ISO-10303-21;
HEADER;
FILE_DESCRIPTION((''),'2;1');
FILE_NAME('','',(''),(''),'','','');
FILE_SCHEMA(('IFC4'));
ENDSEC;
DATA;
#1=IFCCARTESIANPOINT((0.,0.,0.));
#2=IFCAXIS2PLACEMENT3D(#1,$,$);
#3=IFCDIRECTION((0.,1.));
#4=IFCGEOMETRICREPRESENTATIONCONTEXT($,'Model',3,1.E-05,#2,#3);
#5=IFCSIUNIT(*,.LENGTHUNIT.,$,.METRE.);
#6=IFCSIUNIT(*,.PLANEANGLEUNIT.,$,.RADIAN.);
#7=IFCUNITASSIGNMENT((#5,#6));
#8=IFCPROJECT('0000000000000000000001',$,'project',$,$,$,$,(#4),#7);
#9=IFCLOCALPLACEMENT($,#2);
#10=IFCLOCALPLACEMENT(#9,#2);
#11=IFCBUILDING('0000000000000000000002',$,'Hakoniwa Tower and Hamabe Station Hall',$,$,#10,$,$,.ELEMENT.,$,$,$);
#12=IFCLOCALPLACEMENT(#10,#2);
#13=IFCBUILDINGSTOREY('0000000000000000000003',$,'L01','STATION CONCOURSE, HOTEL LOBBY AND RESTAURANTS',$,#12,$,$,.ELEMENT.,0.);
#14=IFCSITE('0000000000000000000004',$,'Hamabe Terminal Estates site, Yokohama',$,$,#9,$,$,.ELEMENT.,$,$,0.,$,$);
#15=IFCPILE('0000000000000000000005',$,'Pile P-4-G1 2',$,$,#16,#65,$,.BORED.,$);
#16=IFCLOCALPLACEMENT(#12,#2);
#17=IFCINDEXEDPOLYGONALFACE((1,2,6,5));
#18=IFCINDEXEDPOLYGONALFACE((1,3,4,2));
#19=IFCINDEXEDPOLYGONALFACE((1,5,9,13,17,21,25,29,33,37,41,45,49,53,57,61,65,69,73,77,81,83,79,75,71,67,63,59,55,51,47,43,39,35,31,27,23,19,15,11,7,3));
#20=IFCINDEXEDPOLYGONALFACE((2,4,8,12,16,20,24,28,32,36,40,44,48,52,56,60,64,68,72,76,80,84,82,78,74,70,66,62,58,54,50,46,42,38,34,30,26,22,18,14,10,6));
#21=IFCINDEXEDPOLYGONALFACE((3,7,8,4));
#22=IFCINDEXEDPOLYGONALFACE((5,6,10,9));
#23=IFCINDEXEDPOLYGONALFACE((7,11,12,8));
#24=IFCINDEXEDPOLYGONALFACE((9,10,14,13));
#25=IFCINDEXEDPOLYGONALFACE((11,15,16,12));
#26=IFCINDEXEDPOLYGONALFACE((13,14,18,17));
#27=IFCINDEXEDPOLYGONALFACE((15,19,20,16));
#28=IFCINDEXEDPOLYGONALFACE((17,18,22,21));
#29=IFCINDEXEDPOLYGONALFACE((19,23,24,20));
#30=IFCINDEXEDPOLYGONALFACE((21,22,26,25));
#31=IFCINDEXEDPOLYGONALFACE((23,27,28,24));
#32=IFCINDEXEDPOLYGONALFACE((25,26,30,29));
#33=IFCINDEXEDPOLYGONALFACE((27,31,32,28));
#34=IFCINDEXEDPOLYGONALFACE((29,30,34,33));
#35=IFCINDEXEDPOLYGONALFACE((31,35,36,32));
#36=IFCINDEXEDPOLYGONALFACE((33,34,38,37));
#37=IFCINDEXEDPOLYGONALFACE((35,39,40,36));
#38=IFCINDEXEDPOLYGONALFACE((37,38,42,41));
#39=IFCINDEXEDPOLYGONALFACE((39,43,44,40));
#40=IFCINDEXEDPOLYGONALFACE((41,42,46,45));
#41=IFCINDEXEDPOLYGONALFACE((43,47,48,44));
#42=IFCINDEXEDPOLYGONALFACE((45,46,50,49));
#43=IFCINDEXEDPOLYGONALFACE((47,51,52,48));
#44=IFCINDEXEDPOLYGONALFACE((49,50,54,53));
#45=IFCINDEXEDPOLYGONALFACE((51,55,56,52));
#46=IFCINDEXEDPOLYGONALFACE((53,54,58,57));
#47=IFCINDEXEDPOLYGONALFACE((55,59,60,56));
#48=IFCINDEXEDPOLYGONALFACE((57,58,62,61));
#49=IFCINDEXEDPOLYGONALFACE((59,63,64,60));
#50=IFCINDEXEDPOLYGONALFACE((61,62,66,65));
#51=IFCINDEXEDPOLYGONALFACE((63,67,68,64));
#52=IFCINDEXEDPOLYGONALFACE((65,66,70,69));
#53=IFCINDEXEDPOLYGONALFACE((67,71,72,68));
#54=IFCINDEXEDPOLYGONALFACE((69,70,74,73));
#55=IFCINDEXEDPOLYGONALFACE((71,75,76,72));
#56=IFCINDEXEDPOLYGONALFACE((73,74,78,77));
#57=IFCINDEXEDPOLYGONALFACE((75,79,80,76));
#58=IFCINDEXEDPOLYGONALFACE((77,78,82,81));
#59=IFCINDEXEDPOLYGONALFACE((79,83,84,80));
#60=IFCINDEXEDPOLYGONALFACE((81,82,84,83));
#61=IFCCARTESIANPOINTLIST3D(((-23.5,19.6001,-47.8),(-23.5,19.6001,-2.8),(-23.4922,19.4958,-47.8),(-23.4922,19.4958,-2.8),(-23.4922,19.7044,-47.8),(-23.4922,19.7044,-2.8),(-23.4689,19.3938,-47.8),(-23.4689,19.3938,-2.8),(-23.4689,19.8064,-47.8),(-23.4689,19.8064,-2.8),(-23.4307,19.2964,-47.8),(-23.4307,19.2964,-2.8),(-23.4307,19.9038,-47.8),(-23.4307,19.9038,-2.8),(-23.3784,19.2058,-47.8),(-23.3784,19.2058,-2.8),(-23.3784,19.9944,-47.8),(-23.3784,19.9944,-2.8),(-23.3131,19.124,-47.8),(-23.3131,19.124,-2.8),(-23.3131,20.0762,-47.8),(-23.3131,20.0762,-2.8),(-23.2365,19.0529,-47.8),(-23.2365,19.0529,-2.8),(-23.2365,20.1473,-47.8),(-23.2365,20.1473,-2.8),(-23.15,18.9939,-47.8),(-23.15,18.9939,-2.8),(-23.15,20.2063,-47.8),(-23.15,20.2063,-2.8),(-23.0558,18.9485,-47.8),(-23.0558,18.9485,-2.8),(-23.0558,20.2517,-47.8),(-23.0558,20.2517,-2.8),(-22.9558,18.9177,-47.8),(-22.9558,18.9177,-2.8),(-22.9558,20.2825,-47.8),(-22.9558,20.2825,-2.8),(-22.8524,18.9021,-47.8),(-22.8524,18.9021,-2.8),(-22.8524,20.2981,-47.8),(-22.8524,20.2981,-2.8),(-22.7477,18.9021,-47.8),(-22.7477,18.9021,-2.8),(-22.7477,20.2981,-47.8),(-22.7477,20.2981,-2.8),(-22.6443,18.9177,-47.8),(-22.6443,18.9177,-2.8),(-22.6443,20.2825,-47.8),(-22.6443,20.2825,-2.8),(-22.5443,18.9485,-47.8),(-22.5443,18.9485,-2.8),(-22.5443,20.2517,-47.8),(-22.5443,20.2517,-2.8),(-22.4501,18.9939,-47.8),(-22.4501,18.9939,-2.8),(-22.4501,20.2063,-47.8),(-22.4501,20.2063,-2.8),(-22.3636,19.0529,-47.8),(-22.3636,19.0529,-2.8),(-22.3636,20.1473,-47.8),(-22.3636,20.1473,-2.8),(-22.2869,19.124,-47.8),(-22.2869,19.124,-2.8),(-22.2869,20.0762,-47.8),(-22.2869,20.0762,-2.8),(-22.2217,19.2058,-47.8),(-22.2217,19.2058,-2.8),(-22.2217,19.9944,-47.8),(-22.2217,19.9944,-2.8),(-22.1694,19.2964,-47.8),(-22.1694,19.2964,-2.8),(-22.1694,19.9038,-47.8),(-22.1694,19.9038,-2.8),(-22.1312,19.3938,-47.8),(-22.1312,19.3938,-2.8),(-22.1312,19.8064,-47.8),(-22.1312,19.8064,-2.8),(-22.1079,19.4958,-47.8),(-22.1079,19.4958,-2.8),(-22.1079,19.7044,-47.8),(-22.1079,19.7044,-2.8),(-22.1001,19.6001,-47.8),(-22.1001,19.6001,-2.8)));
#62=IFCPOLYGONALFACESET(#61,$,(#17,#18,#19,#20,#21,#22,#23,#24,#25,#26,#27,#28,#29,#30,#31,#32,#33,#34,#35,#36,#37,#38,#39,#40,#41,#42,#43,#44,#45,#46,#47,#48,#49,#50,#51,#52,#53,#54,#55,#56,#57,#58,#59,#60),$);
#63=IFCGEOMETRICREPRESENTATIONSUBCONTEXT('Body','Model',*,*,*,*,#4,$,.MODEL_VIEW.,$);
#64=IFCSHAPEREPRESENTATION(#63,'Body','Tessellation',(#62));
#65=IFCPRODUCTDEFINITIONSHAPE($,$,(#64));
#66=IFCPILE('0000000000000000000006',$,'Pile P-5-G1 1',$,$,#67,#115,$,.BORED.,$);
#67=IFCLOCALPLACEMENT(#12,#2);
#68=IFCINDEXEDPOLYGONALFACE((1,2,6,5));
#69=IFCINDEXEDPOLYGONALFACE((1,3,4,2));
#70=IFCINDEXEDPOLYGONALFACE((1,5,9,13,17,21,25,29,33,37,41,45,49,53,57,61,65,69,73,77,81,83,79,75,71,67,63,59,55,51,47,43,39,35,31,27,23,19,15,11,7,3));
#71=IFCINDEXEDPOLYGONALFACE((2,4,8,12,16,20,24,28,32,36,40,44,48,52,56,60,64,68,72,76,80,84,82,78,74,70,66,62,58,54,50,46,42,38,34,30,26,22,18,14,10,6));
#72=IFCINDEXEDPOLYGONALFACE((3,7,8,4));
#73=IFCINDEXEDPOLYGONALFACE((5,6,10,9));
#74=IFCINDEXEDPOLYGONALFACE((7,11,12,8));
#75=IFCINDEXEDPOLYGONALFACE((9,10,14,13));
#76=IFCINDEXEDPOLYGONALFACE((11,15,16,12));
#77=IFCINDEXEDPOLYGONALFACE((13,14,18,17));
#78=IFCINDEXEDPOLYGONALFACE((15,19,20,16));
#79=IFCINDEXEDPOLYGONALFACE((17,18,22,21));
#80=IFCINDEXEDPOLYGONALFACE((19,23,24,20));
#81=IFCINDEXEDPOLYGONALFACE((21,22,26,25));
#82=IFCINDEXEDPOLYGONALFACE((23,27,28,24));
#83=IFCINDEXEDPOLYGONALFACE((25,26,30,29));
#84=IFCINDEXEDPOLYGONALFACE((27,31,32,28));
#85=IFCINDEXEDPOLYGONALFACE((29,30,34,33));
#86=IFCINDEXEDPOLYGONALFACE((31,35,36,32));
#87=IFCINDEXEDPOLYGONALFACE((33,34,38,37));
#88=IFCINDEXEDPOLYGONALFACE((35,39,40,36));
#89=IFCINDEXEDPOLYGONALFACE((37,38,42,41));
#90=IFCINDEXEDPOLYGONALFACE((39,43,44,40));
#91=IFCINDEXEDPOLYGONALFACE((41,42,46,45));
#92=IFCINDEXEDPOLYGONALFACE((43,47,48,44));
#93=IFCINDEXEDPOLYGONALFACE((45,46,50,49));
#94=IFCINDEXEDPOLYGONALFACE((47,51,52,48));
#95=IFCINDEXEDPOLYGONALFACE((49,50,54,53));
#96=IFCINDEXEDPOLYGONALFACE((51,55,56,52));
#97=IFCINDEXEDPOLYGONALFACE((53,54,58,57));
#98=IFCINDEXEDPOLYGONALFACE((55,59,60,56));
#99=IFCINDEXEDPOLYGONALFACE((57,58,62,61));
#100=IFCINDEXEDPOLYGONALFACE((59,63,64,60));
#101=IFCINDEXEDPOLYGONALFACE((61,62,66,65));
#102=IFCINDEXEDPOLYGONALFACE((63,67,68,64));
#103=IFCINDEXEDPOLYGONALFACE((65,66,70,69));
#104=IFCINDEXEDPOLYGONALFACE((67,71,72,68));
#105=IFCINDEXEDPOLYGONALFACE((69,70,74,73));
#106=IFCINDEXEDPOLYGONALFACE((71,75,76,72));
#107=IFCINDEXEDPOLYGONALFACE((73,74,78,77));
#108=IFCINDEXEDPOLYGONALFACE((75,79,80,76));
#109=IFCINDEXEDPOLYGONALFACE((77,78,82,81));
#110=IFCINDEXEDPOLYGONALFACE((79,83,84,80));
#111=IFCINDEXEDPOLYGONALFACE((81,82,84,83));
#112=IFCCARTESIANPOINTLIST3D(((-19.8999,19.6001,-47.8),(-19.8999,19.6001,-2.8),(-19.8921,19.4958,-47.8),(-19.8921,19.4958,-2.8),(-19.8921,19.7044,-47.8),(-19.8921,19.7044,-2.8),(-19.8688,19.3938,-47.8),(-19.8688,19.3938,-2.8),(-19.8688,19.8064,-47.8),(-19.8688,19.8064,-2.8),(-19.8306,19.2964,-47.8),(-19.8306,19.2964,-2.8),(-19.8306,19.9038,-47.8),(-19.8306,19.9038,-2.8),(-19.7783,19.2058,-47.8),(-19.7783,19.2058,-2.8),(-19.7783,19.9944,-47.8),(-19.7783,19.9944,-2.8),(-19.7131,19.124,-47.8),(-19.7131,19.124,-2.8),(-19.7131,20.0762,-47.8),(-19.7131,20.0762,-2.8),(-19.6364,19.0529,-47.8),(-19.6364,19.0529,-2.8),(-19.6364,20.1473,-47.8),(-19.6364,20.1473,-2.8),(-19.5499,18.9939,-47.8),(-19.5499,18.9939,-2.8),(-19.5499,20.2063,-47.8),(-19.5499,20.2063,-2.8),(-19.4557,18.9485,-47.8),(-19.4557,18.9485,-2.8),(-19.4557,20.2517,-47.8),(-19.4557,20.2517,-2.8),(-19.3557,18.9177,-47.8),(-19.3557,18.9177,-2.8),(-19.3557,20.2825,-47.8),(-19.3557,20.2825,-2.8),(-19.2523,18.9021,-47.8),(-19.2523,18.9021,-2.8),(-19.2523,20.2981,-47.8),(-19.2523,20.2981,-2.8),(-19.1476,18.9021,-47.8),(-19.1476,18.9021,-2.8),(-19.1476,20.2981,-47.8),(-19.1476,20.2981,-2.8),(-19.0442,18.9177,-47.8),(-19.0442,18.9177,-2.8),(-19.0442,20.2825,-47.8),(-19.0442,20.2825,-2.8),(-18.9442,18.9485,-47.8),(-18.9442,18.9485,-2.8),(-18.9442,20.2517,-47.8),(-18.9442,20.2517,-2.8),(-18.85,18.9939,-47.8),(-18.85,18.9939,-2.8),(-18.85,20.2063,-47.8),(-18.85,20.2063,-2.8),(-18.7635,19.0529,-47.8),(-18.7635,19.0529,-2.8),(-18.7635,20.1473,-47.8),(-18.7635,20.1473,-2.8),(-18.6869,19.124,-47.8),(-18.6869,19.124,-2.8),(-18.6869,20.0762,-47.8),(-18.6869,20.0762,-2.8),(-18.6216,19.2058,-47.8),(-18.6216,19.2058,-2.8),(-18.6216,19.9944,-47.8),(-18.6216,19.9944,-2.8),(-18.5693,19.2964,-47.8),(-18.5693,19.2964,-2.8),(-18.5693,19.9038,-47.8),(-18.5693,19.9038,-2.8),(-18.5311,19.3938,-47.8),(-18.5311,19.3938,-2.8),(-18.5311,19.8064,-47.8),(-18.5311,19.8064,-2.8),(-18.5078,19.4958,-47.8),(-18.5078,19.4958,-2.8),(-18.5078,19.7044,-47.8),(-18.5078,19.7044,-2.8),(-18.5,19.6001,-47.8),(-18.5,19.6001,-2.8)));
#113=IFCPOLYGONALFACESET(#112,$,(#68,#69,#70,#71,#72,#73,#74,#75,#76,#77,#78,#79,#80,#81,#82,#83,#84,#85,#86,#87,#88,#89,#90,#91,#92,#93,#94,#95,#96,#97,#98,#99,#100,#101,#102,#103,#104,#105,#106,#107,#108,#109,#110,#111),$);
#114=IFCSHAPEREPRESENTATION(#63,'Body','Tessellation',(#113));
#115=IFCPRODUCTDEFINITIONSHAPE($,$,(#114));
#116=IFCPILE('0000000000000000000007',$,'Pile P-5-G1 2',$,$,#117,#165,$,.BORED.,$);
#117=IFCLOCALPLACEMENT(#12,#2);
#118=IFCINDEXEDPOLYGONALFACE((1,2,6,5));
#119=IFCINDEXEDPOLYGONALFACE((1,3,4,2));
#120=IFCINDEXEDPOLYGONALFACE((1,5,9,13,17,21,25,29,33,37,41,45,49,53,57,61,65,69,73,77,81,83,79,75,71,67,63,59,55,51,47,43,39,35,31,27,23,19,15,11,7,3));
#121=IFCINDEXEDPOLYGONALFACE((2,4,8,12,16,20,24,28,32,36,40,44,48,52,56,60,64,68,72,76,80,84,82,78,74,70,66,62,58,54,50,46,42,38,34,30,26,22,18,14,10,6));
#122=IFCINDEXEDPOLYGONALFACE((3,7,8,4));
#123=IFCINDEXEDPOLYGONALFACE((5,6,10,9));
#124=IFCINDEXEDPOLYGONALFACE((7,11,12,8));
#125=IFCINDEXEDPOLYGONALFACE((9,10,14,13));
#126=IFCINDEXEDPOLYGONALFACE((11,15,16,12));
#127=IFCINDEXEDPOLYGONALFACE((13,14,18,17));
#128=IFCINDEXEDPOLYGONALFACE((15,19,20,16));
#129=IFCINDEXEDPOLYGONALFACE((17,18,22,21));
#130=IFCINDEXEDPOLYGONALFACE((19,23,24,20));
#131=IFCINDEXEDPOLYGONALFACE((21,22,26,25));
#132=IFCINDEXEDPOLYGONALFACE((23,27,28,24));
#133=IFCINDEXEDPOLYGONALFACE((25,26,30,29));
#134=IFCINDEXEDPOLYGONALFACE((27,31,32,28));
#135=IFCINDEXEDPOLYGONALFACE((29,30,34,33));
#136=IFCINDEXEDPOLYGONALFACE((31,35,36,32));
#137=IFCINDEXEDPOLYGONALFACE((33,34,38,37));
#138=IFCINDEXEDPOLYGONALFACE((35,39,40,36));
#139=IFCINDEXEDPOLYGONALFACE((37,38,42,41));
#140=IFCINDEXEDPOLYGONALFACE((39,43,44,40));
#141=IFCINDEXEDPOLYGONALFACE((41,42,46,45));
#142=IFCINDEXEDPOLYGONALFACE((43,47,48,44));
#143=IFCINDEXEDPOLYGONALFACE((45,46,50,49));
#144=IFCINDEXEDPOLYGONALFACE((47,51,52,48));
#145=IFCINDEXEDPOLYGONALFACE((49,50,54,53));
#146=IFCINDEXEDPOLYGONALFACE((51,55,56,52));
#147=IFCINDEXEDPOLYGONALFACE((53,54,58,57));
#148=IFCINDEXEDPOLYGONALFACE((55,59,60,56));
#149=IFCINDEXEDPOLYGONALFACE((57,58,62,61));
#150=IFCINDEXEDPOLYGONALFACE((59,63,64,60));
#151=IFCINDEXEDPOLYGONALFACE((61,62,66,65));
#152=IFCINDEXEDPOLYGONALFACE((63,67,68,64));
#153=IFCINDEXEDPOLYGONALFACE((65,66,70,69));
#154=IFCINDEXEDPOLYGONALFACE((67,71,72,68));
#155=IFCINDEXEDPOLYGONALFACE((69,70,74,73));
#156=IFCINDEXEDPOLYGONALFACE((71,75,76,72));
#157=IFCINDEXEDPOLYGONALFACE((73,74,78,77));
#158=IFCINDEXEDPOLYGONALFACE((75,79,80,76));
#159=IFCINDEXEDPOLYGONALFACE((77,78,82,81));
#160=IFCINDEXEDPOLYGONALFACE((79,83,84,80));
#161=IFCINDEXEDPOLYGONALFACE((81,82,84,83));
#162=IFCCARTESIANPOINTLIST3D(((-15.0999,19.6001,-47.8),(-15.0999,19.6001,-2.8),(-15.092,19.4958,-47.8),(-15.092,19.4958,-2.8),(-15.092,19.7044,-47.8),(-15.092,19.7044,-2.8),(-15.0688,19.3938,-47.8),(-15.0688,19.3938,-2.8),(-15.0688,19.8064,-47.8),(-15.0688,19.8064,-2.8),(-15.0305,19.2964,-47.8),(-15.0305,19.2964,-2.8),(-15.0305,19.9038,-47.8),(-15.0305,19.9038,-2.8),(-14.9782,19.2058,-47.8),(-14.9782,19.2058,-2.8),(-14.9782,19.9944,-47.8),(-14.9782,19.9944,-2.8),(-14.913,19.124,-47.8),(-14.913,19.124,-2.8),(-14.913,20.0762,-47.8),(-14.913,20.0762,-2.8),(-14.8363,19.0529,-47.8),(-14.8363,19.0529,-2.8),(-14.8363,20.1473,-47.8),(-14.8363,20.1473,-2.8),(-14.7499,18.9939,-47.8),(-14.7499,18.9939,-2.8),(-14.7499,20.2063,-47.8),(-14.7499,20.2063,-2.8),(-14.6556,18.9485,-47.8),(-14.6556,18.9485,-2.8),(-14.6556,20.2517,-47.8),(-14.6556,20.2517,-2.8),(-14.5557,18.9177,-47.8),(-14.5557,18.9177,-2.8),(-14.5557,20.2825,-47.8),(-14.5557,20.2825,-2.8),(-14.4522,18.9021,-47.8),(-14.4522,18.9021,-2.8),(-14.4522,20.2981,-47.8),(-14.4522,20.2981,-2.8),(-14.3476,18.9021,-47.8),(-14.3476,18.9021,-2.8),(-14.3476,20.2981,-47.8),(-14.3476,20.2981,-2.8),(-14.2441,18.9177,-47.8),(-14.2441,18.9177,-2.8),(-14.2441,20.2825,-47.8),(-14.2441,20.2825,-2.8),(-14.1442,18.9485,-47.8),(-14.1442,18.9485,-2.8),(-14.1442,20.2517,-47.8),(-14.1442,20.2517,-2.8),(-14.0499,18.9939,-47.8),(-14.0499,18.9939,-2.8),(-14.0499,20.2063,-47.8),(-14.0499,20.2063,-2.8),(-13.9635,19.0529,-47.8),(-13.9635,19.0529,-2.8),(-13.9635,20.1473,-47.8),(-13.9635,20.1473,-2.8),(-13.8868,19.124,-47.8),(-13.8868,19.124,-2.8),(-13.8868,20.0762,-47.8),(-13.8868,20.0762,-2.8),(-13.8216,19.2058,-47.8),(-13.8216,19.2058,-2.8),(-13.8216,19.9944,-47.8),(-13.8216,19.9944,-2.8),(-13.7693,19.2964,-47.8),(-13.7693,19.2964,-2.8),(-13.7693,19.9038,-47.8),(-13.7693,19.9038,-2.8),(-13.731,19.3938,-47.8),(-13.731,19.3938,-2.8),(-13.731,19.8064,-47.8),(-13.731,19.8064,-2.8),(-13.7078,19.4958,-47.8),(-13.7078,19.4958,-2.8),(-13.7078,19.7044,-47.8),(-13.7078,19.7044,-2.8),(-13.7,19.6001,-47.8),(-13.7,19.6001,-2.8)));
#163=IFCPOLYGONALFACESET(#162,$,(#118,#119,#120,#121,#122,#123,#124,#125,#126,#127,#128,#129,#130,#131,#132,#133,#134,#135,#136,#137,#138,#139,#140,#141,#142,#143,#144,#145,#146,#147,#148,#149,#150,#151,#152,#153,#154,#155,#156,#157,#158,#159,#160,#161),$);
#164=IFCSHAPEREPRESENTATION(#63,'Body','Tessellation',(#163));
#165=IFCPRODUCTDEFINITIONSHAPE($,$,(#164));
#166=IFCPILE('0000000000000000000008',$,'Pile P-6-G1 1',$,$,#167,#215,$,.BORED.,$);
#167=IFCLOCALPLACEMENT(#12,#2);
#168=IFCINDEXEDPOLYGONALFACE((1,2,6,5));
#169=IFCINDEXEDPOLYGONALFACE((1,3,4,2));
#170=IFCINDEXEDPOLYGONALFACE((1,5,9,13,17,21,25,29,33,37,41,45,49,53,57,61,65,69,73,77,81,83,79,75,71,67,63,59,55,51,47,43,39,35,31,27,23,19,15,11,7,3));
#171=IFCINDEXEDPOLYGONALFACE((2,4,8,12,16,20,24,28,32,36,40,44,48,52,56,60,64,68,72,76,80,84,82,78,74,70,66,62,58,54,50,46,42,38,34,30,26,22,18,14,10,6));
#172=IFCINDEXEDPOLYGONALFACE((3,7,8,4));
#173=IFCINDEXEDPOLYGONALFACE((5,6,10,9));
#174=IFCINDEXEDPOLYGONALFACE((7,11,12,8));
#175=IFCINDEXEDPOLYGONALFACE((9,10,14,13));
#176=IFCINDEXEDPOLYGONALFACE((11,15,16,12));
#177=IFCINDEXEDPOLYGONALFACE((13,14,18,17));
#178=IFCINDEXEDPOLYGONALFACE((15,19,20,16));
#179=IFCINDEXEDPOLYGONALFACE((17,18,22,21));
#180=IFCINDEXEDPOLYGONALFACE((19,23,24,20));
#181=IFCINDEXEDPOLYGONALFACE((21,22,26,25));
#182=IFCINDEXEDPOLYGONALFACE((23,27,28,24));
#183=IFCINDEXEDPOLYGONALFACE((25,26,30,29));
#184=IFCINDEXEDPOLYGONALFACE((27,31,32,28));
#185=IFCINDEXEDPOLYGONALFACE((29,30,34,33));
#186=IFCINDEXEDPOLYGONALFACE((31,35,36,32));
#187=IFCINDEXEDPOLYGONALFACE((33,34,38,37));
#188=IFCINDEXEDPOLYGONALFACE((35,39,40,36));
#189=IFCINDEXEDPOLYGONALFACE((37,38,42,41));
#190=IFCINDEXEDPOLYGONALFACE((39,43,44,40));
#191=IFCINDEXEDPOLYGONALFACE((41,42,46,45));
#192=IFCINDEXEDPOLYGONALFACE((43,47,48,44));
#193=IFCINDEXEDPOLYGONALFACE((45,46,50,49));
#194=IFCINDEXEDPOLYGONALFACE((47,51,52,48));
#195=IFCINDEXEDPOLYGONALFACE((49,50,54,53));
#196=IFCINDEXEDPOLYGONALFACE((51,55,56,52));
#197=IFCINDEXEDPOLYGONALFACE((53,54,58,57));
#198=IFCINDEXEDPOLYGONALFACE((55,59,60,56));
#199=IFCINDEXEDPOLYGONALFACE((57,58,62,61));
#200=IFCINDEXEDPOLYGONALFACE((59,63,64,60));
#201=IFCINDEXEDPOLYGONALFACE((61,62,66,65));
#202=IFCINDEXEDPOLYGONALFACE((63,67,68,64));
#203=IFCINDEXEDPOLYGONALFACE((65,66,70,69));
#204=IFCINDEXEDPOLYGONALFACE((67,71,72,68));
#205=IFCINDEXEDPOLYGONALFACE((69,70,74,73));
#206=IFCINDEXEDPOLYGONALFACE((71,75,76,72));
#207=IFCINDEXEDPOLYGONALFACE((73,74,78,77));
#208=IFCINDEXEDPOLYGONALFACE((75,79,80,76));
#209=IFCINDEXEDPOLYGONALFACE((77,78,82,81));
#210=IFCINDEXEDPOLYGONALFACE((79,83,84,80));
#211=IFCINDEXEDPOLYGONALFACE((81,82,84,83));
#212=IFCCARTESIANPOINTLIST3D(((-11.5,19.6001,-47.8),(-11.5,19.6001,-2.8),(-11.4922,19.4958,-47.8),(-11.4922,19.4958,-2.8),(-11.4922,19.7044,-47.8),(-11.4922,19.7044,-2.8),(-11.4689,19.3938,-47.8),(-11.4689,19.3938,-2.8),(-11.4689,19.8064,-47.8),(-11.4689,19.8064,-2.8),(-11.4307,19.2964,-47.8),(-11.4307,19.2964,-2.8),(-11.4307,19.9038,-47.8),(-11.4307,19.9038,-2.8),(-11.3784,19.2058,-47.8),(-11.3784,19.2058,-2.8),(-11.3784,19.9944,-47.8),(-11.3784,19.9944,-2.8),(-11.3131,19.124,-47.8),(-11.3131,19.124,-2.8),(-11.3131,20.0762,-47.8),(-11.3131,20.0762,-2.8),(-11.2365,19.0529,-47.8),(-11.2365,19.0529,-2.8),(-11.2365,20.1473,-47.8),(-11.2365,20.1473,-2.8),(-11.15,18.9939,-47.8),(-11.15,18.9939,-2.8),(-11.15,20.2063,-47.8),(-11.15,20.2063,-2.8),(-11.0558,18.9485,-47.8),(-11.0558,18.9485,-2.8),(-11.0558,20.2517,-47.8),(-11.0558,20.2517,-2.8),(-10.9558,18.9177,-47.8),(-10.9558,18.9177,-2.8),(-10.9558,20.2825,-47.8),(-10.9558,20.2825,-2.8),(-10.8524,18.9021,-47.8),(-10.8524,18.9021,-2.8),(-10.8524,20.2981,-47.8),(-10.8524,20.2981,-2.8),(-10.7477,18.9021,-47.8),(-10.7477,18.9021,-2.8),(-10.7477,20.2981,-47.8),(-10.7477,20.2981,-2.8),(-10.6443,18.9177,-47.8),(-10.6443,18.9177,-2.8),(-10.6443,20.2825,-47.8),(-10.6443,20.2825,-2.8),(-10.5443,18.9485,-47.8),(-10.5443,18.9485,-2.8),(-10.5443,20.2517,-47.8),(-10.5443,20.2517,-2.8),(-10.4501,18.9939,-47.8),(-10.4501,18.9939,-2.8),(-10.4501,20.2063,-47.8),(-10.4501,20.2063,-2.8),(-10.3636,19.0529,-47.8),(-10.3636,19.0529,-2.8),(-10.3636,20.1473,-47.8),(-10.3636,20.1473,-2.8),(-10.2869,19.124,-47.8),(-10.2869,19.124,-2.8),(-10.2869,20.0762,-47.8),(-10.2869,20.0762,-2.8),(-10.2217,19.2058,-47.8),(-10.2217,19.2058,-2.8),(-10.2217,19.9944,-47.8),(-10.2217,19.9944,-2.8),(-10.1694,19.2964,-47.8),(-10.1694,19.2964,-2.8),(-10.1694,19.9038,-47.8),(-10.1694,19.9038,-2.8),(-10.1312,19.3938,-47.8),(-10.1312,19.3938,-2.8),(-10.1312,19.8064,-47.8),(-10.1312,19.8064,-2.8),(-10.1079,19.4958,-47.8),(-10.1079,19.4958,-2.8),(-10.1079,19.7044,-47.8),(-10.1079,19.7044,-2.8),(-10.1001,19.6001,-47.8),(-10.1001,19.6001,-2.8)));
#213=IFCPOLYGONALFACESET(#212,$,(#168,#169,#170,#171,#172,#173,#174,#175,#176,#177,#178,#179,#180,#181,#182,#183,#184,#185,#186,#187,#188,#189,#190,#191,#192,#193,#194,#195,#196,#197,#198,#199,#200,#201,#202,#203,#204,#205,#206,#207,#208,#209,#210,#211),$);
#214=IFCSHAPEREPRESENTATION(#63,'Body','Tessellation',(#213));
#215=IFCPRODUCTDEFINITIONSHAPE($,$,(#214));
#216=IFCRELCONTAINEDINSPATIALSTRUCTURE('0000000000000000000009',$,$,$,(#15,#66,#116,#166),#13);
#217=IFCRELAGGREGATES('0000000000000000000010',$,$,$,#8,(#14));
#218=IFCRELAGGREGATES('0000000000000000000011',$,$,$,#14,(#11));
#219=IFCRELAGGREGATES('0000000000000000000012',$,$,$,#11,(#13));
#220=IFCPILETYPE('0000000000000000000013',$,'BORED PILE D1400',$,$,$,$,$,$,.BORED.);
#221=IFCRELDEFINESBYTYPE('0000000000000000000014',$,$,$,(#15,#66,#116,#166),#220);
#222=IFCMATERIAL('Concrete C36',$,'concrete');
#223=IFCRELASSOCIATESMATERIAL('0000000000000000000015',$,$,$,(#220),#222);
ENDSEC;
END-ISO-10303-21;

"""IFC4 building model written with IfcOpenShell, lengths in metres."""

from ifc_helpers import new_model, si_unit, direction, frame, origin, origin_2d, place, context, subcontext, project, spatial, circle, extrude, material, material_profile, profile_set, type_object, element, save


model = new_model("IFC4")

# Units and contexts
model_context = context("Model", 3, precision=1e-05, world=origin(), true_north=direction((0.0, 1.0)))
body_context = subcontext(model_context, "Body", "Model", "MODEL_VIEW")
ifc_project = project(units=[si_unit("LENGTHUNIT", "METRE"), si_unit("PLANEANGLEUNIT", "RADIAN")], contexts=[model_context])

# Site, building, storey
site_placement = place(None, origin())
site = spatial("IfcSite", under=ifc_project, at=site_placement, Name="Hamabe Terminal Estates site, Yokohama", CompositionType="ELEMENT", RefElevation=0.0)
building_placement = place(site_placement, origin())
building = spatial("IfcBuilding", under=site, at=building_placement, Name="Hakoniwa Tower and Hamabe Station Hall", CompositionType="ELEMENT")
storey_placement = place(building_placement, origin())
storey = spatial("IfcBuildingStorey", under=building, at=storey_placement, Name="L01", Description="STATION CONCOURSE, HOTEL LOBBY AND RESTAURANTS", CompositionType="ELEMENT", Elevation=0.0)

# Piles
ifc_material_1 = material(Name="Concrete C36", Category="concrete")
ifc_material_profile_1 = material_profile(ifc_material_1, circle(Radius=0.7, at=origin_2d()), Name="BORED PILE D1400")
ifc_profile_set_1 = profile_set([ifc_material_profile_1], Name="Concrete C36")
pile_type = type_object("IfcPileType", Name="BORED PILE D1400", PredefinedType="BORED", material=ifc_profile_set_1)
for number, where, z_axis, x_axis, name in (
    (1, (-22.8, 19.6001, -2.8), (0.0, 0.0, -1.0), (1.0, 0.0, 0.0), "Pile P-4-G1 2"),
    (2, (-19.2, 19.6001, -2.8), (0.0, 0.0, -1.0), (1.0, 0.0, 0.0), "Pile P-5-G1 1"),
    (3, (-14.3999, 19.6001, -2.8), (0.0, 0.0, -1.0), (1.0, 0.0, 0.0), "Pile P-5-G1 2"),
    (4, (-10.8, 19.6001, -2.8), (0.0, 0.0, -1.0), (1.0, 0.0, 0.0), "Pile P-6-G1 1"),
):
    element("IfcPile", number, at=place(storey_placement, frame(where, z_axis=z_axis, x_axis=x_axis)), inside=storey, type_object=pile_type, Name=name, PredefinedType="BORED", context=body_context, shape_type="SweptSolid", body=[
        extrude(circle(Radius=0.7, at=origin_2d()), origin(), (0.0, 0.0, 1.0), 45.0),
    ])

save(model, "model.ifc")
